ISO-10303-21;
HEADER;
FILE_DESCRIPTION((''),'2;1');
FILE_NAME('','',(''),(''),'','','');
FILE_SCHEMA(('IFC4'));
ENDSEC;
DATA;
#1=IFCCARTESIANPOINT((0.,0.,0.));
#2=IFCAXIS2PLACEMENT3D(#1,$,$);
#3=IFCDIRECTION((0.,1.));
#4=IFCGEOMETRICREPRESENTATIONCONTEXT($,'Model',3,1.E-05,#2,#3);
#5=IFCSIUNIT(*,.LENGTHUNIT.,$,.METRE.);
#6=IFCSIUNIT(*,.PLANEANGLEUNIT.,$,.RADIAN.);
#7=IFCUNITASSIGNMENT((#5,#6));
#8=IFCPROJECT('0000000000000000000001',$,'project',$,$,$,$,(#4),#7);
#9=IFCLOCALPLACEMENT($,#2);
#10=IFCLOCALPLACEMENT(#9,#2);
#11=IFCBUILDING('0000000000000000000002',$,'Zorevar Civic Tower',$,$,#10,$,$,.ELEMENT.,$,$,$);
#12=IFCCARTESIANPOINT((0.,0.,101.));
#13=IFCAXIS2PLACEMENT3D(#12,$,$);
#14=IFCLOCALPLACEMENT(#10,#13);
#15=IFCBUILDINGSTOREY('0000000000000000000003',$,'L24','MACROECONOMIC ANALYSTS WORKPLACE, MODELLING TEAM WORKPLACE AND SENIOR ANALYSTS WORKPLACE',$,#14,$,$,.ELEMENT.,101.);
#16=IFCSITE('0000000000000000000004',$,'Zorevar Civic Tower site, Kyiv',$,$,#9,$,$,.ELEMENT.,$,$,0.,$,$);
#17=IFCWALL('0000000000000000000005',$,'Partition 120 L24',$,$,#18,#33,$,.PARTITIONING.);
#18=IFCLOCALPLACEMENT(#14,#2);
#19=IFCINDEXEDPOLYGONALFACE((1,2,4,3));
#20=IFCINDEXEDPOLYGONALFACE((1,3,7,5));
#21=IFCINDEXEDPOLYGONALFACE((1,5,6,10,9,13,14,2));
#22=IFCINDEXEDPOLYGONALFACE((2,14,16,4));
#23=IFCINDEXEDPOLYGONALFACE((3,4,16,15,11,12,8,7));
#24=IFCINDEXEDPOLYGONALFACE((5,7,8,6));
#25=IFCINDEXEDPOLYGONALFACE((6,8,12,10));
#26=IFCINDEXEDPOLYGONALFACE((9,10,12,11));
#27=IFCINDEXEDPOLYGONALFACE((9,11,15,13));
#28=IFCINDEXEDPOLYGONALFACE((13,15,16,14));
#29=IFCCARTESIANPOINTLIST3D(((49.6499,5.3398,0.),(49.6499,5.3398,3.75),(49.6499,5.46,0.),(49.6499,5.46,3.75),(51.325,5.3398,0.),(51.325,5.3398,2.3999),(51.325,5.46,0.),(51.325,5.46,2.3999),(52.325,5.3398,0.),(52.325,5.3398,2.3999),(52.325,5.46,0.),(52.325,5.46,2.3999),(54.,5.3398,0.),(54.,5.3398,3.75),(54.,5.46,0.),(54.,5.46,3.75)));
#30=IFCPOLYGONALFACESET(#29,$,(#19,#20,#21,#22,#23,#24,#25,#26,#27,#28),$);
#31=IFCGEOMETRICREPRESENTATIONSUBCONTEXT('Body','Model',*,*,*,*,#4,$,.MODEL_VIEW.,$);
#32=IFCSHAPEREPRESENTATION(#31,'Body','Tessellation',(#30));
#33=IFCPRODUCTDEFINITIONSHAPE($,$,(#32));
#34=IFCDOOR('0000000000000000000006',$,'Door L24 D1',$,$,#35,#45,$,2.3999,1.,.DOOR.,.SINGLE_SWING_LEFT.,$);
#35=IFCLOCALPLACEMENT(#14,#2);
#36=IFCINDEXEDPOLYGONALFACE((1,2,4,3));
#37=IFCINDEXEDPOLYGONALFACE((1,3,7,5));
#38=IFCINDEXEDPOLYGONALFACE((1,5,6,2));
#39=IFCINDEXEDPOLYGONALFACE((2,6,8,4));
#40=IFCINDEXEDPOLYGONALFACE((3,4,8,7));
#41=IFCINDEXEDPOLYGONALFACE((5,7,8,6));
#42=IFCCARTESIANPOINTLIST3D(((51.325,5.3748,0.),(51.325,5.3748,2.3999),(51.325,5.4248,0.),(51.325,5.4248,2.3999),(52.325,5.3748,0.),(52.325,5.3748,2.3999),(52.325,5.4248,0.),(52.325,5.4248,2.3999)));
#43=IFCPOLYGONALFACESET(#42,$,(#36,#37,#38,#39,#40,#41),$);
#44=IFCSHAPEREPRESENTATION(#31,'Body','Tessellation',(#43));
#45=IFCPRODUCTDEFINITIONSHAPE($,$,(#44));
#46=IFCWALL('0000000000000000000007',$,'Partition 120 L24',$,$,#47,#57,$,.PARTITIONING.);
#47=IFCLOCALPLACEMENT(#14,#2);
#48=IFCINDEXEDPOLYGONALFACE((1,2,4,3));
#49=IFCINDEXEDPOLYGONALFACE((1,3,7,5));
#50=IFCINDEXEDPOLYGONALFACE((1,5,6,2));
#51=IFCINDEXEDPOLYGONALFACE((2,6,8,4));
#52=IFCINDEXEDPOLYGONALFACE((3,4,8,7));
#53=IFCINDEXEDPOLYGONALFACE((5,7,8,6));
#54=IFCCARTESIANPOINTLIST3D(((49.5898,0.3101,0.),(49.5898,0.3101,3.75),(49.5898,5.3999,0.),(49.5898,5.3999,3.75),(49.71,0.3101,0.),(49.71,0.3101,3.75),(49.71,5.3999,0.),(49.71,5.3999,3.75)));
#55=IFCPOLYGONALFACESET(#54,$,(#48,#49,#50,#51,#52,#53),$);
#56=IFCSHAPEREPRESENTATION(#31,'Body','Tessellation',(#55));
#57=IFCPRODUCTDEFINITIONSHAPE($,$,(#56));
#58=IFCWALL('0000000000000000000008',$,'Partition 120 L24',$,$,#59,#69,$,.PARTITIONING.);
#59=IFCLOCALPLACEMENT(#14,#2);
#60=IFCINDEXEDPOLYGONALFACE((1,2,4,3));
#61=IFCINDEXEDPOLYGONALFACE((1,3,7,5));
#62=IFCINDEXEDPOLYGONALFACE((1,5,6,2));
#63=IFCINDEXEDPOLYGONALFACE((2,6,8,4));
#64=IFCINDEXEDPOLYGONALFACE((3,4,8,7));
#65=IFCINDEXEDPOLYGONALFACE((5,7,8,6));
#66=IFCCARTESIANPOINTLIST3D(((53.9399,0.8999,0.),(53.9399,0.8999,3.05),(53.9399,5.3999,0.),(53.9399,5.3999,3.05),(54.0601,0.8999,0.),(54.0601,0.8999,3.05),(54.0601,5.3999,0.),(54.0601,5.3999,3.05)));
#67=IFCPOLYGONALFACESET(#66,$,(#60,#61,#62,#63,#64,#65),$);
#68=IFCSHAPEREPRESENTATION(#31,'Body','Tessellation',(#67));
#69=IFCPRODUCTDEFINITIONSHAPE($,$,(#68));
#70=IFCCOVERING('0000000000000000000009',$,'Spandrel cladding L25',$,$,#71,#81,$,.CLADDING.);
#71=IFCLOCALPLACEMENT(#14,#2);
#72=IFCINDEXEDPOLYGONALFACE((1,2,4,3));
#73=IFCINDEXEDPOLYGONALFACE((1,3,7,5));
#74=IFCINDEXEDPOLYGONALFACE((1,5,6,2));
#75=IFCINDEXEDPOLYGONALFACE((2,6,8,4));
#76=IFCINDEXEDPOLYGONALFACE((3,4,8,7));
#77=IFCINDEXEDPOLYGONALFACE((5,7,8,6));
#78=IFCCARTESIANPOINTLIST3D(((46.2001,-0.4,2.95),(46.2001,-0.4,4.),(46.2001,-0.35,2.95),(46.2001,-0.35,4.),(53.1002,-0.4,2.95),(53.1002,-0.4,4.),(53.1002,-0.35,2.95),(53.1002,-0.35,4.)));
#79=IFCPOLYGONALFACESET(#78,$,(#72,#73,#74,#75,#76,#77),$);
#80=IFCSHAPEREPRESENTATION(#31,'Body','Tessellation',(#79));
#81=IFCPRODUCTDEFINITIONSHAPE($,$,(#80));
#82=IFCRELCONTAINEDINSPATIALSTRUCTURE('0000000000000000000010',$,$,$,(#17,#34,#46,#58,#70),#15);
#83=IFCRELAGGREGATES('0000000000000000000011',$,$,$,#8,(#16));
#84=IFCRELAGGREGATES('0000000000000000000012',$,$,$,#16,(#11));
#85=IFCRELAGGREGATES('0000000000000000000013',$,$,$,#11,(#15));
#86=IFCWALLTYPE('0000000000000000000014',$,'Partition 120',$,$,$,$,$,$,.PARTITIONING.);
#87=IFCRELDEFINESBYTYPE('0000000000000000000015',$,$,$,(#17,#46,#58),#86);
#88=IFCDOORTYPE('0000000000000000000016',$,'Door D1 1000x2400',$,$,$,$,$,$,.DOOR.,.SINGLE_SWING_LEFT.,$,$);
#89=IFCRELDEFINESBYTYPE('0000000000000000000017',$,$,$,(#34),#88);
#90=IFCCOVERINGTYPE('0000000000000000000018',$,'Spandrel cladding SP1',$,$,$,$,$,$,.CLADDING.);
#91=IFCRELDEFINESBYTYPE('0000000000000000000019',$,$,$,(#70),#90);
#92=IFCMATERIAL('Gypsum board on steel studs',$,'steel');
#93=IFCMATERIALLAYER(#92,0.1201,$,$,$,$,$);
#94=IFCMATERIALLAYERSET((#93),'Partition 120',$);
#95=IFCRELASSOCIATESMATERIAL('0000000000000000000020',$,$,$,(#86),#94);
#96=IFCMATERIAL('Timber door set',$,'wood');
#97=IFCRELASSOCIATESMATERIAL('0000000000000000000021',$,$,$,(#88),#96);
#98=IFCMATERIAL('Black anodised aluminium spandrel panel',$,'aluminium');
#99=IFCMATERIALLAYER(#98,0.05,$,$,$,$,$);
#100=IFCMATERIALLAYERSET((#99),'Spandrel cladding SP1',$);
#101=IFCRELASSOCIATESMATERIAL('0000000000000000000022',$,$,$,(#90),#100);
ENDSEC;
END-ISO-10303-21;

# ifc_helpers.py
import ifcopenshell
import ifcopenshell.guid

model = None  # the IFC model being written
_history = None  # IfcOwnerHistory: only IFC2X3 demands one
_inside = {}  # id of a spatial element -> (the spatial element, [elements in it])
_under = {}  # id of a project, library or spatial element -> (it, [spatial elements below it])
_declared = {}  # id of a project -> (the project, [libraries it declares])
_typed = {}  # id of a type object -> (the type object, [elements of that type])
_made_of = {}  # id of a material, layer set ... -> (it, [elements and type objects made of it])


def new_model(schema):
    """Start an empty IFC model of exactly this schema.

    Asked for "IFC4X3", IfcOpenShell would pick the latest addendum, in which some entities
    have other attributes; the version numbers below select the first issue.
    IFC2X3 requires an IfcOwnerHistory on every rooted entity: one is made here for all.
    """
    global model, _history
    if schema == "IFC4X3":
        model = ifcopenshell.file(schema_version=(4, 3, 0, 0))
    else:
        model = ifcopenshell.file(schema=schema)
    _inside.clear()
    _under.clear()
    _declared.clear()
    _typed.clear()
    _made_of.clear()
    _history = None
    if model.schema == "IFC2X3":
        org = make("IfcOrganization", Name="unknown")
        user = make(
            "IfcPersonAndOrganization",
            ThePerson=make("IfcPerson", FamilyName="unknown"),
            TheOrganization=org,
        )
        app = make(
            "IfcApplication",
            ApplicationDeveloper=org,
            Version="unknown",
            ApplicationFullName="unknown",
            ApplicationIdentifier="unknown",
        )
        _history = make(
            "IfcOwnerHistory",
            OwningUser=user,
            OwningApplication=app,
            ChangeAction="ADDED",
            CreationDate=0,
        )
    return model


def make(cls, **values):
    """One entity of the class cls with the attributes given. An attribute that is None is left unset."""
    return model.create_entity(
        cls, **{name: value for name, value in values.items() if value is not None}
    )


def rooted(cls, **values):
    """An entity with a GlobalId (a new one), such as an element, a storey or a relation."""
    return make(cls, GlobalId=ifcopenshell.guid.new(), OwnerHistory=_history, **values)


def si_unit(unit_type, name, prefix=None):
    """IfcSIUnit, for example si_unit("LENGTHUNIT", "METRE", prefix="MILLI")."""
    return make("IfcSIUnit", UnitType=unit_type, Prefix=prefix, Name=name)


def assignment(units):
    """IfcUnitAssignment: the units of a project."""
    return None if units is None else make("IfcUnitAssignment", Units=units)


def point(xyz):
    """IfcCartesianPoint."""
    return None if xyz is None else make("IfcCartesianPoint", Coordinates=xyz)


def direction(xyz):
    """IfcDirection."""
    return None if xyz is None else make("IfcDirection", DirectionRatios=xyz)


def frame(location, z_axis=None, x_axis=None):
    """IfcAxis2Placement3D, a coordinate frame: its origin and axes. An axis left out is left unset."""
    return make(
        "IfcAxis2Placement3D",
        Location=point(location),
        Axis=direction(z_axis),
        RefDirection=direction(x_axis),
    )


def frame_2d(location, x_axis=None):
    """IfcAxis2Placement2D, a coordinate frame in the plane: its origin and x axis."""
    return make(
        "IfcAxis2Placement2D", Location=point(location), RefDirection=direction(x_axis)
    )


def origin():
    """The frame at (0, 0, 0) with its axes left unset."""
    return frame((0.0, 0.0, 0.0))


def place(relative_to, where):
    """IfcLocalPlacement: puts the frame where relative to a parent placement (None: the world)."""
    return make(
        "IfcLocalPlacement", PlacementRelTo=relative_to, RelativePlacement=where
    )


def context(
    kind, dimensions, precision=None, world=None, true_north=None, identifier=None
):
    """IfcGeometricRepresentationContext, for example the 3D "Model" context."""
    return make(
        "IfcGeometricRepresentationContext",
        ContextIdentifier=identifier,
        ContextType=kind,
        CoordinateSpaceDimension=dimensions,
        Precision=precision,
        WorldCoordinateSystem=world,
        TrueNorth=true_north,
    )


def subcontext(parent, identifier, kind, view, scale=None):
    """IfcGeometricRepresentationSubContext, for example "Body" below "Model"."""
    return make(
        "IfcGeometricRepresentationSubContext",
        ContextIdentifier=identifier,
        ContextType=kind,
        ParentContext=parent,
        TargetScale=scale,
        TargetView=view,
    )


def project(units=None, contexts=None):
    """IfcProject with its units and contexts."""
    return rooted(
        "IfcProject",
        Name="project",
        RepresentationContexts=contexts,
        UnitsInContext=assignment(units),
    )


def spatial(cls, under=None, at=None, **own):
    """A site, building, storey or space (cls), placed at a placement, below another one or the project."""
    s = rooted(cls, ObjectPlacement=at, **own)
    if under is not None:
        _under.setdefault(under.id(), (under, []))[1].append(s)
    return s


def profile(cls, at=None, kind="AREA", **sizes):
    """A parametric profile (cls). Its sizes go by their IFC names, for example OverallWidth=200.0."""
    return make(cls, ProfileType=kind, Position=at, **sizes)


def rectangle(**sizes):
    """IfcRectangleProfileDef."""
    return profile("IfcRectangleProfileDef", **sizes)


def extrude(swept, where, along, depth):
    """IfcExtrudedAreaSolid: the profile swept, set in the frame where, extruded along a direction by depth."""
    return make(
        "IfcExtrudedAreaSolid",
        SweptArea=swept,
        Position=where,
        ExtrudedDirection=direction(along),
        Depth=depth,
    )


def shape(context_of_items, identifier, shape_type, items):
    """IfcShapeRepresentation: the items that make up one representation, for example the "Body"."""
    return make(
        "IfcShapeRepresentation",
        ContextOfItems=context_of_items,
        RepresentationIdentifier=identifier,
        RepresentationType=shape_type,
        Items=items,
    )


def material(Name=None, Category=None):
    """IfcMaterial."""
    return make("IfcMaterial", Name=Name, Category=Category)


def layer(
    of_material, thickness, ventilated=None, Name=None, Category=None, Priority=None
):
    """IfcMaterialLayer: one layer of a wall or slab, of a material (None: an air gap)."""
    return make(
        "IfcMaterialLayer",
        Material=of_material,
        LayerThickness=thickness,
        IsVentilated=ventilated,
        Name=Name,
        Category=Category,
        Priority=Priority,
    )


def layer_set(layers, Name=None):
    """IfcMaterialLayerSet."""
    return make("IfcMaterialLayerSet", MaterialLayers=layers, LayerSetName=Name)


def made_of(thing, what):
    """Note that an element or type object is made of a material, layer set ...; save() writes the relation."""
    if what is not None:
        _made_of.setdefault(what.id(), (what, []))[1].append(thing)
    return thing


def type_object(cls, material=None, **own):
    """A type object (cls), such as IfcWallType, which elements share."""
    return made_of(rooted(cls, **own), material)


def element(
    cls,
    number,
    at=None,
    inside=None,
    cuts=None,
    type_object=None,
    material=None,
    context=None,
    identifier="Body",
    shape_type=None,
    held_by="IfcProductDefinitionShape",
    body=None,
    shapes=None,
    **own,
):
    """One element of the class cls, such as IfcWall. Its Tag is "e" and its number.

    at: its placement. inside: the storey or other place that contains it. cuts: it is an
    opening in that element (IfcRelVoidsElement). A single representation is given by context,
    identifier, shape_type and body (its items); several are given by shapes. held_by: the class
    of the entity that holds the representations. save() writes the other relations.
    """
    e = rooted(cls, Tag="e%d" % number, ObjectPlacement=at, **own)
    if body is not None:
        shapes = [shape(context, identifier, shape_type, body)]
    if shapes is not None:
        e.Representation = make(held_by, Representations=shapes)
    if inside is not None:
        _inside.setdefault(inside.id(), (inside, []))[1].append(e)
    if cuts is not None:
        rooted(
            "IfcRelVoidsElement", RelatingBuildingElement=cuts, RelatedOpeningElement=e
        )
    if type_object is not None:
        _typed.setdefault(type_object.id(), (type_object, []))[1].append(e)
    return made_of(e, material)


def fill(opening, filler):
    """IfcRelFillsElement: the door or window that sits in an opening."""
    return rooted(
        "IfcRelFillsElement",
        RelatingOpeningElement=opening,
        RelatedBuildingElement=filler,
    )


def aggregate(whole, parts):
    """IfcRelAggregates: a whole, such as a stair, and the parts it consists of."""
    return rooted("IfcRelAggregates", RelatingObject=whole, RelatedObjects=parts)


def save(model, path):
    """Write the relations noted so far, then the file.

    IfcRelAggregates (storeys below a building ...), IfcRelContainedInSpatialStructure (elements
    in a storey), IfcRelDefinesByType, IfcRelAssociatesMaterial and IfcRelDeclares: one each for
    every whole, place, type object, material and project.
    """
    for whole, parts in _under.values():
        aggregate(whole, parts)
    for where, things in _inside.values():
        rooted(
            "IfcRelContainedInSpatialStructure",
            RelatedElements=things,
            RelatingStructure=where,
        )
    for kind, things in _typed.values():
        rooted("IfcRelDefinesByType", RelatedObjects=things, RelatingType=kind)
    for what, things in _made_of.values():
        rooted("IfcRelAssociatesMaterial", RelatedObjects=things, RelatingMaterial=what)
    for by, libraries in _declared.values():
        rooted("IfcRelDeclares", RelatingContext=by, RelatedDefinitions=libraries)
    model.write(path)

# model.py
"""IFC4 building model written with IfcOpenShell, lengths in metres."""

from ifc_helpers import new_model, si_unit, direction, frame, frame_2d, origin, place, context, subcontext, project, spatial, rectangle, extrude, material, layer, layer_set, type_object, element, fill, save


model = new_model("IFC4")

# Units and contexts
model_context = context("Model", 3, precision=1e-05, world=origin(), true_north=direction((0.0, 1.0)))
body_context = subcontext(model_context, "Body", "Model", "MODEL_VIEW")
ifc_project = project(units=[si_unit("LENGTHUNIT", "METRE"), si_unit("PLANEANGLEUNIT", "RADIAN")], contexts=[model_context])

# Site, building, storey
site_placement = place(None, origin())
site = spatial("IfcSite", under=ifc_project, at=site_placement, Name="Zorevar Civic Tower site, Kyiv", CompositionType="ELEMENT", RefElevation=0.0)
building_placement = place(site_placement, origin())
building = spatial("IfcBuilding", under=site, at=building_placement, Name="Zorevar Civic Tower", CompositionType="ELEMENT")
storey_placement = place(building_placement, frame((0.0, 0.0, 101.0)))
storey = spatial("IfcBuildingStorey", under=building, at=storey_placement, Name="L24", Description="MACROECONOMIC ANALYSTS WORKPLACE, MODELLING TEAM WORKPLACE AND SENIOR ANALYSTS WORKPLACE", CompositionType="ELEMENT", Elevation=101.0)

# Wall, opening, door
ifc_material_1 = material(Name="Gypsum board on steel studs", Category="steel")
ifc_layer_1 = layer(ifc_material_1, 0.1201)
ifc_layer_set_1 = layer_set([ifc_layer_1], Name="Partition 120")
wall_type = type_object("IfcWallType", Name="Partition 120", PredefinedType="PARTITIONING", material=ifc_layer_set_1)
wall_1_placement = place(storey_placement, frame((49.6499, 5.3999, 0.0), z_axis=(0.0, 0.0, 1.0), x_axis=(1.0, 0.0, 0.0)))
wall_1 = element("IfcWall", 1, at=wall_1_placement, inside=storey, type_object=wall_type, Name="Partition 120 L24", PredefinedType="PARTITIONING", context=body_context, shape_type="SweptSolid", body=[
    extrude(rectangle(XDim=4.3501, YDim=0.1201, at=frame_2d((2.175, 0.0))), origin(), (0.0, 0.0, 1.0), 3.75),
])
opening_placement = place(wall_1_placement, frame((1.675, 0.0, 0.0)))
opening = element("IfcOpeningElement", 2, at=opening_placement, cuts=wall_1, PredefinedType="OPENING", context=body_context, shape_type="SweptSolid", body=[
    extrude(rectangle(XDim=1.0, YDim=2.3999, at=frame_2d((0.5, 1.2))), frame((0.0, 0.0701, 0.0), z_axis=(0.0, -1.0, 0.0), x_axis=(1.0, 0.0, 0.0)), (0.0, 0.0, 1.0), 0.1401),
])
ifc_material_2 = material(Name="Timber door set", Category="wood")
door_type = type_object("IfcDoorType", Name="Door D1 1000x2400", OperationType="SINGLE_SWING_LEFT", PredefinedType="DOOR", material=ifc_material_2)
door_placement = place(opening_placement, origin())
door = element("IfcDoor", 3, at=door_placement, inside=storey, type_object=door_type, Name="Door L24 D1", OperationType="SINGLE_SWING_LEFT", OverallHeight=2.3999, OverallWidth=1.0, PredefinedType="DOOR", context=body_context, shape_type="SweptSolid", body=[
    extrude(rectangle(XDim=1.0, YDim=2.3999, at=frame_2d((0.5, 1.2))), frame((0.0, 0.0249, 0.0), z_axis=(0.0, -1.0, 0.0), x_axis=(1.0, 0.0, 0.0)), (0.0, 0.0, 1.0), 0.05),
])
fill(opening, door)

# Walls
wall_2_placement = place(storey_placement, frame((49.6499, 0.3101, 0.0), z_axis=(0.0, 0.0, 1.0), x_axis=(0.0, 1.0, 0.0)))
element("IfcWall", 4, at=wall_2_placement, inside=storey, type_object=wall_type, Name="Partition 120 L24", PredefinedType="PARTITIONING", context=body_context, shape_type="SweptSolid", body=[
    extrude(rectangle(XDim=5.0898, YDim=0.1201, at=frame_2d((2.5449, 0.0))), origin(), (0.0, 0.0, 1.0), 3.75),
])
wall_3_placement = place(storey_placement, frame((54.0, 0.8999, 0.0), z_axis=(0.0, 0.0, 1.0), x_axis=(0.0, 1.0, 0.0)))
element("IfcWall", 5, at=wall_3_placement, inside=storey, type_object=wall_type, Name="Partition 120 L24", PredefinedType="PARTITIONING", context=body_context, shape_type="SweptSolid", body=[
    extrude(rectangle(XDim=4.5, YDim=0.1201, at=frame_2d((2.25, 0.0))), origin(), (0.0, 0.0, 1.0), 3.05),
])

# Covering
ifc_material_3 = material(Name="Black anodised aluminium spandrel panel", Category="aluminium")
ifc_layer_2 = layer(ifc_material_3, 0.05)
ifc_layer_set_2 = layer_set([ifc_layer_2], Name="Spandrel cladding SP1")
covering_type = type_object("IfcCoveringType", Name="Spandrel cladding SP1", PredefinedType="CLADDING", material=ifc_layer_set_2)
covering_placement = place(storey_placement, frame((46.2, -0.375, 2.95), z_axis=(0.0, 0.0, 1.0), x_axis=(1.0, 0.0, 0.0)))
element("IfcCovering", 6, at=covering_placement, inside=storey, type_object=covering_type, Name="Spandrel cladding L25", PredefinedType="CLADDING", context=body_context, shape_type="SweptSolid", body=[
    extrude(rectangle(XDim=6.9001, YDim=0.05, at=frame_2d((3.4502, 0.0))), origin(), (0.0, 0.0, 1.0), 1.05),
])

save(model, "model.ifc")
